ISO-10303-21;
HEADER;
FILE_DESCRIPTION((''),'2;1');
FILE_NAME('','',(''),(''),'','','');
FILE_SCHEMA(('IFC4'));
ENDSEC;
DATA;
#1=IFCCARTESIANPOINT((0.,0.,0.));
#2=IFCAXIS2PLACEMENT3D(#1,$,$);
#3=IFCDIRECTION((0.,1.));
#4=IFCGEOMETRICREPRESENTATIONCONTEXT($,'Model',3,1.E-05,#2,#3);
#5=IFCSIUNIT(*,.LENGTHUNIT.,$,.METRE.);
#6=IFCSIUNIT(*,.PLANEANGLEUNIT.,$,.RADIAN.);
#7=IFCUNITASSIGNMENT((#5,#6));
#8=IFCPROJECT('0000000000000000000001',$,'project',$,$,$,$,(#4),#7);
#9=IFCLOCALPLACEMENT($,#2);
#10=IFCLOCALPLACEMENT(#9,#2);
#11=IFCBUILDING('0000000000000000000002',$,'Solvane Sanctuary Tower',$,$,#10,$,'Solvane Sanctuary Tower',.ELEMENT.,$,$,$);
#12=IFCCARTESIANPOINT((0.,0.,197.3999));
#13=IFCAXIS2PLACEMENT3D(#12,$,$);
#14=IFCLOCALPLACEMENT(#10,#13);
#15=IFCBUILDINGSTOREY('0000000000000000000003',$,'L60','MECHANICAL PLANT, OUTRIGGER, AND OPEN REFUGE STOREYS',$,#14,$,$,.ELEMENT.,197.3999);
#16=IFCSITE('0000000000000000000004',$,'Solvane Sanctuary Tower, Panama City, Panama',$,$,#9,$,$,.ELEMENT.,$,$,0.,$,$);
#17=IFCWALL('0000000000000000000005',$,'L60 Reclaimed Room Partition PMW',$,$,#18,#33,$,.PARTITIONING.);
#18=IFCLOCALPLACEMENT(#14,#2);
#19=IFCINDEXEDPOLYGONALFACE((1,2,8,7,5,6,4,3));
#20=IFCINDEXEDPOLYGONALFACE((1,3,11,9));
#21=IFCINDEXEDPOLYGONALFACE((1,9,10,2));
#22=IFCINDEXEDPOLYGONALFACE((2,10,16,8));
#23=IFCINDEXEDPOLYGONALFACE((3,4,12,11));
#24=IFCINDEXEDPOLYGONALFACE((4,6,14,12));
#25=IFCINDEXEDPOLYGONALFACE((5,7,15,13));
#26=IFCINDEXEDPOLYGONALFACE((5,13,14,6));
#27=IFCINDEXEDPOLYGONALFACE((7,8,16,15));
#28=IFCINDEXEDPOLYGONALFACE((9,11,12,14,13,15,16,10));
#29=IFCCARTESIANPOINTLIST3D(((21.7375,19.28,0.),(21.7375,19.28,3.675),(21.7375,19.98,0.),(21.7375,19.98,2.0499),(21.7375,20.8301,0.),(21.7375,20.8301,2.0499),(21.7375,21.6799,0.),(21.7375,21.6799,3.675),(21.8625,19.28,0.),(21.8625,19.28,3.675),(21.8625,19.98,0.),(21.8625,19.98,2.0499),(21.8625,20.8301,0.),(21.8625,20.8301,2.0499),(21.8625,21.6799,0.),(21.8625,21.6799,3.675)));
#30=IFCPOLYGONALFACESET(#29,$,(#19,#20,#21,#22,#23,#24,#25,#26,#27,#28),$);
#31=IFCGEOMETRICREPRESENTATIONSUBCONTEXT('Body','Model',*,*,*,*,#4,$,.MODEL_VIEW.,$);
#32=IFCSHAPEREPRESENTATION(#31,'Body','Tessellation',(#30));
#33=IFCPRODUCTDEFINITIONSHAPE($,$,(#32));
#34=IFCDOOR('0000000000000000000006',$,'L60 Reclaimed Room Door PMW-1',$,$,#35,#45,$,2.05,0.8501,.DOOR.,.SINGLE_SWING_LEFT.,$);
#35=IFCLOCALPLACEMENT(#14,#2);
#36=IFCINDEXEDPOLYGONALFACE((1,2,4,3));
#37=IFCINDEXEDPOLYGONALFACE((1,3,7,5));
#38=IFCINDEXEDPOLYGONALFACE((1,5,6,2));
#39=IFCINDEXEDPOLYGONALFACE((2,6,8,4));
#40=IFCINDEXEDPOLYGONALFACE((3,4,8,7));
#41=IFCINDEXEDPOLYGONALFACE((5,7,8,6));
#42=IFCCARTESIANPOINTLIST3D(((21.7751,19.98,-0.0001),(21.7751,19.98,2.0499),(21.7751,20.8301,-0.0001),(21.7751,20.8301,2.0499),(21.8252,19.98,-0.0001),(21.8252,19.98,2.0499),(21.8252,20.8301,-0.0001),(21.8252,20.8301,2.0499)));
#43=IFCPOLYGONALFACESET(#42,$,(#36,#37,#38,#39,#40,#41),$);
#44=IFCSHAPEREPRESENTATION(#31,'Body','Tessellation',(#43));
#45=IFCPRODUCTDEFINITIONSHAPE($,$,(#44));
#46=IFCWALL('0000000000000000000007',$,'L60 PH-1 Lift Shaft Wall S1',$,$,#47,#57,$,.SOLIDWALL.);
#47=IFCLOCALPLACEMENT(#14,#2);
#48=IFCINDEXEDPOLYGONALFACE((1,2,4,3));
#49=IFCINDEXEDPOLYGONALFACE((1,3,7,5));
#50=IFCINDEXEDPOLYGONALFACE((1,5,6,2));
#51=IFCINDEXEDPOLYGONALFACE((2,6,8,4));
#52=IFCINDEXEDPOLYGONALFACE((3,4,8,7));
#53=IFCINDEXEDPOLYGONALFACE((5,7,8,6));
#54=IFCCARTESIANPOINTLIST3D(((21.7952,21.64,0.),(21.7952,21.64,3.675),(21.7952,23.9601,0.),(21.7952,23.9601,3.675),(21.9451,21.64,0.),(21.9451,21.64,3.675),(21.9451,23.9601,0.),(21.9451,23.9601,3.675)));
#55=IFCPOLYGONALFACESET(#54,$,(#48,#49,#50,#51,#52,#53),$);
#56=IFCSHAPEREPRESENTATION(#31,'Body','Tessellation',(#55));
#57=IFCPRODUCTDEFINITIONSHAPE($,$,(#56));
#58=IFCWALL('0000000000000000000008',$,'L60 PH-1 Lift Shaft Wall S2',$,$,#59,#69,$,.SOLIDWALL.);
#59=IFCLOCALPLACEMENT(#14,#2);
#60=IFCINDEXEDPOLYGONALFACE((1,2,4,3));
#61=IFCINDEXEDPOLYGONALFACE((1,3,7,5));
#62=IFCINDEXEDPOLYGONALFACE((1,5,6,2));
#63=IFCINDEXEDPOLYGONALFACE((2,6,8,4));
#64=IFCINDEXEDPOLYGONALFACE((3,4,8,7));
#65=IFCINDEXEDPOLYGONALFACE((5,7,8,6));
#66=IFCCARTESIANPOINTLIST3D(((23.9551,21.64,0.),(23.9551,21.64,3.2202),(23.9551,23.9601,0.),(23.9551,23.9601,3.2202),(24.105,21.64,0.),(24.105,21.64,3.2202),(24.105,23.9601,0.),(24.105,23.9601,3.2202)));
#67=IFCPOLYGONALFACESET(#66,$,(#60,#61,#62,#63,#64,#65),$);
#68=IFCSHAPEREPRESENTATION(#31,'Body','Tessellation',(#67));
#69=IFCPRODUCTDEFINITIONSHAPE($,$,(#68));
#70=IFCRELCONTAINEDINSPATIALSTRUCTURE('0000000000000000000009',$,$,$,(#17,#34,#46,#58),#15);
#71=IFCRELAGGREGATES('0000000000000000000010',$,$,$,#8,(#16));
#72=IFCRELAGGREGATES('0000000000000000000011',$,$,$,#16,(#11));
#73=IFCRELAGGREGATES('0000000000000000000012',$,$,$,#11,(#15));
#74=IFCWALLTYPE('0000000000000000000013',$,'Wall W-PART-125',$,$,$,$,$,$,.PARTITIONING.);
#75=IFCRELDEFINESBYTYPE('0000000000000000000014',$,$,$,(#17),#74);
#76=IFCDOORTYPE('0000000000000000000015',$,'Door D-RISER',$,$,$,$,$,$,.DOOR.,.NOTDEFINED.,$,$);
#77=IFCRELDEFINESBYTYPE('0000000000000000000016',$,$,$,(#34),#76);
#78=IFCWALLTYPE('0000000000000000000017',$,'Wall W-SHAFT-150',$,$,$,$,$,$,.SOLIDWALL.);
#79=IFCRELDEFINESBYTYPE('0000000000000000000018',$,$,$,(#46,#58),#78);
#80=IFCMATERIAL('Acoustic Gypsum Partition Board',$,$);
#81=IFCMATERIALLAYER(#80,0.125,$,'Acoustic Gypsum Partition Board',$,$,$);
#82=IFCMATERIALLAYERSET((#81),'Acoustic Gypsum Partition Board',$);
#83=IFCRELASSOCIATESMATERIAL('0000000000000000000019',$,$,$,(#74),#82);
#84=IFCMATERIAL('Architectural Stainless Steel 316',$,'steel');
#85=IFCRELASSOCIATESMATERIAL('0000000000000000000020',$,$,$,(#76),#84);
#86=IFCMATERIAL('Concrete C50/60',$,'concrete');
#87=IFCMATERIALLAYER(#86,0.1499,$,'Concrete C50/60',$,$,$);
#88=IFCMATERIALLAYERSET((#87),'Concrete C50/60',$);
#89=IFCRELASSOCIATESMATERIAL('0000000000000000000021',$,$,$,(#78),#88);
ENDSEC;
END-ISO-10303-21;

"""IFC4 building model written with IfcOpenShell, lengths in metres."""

from ifc_helpers import new_model, si_unit, direction, frame, frame_2d, origin, place, context, subcontext, project, spatial, rectangle, extrude, material, layer, layer_set, type_object, element, fill, save


model = new_model("IFC4")

# Units and contexts
model_context = context("Model", 3, precision=1e-05, world=origin(), true_north=direction((0.0, 1.0)))
body_context = subcontext(model_context, "Body", "Model", "MODEL_VIEW")
ifc_project = project(units=[si_unit("LENGTHUNIT", "METRE"), si_unit("PLANEANGLEUNIT", "RADIAN")], contexts=[model_context])

# Site, building, storey
site_placement = place(None, origin())
site = spatial("IfcSite", under=ifc_project, at=site_placement, Name="Solvane Sanctuary Tower, Panama City, Panama", CompositionType="ELEMENT", RefElevation=0.0)
building_placement = place(site_placement, origin())
building = spatial("IfcBuilding", under=site, at=building_placement, Name="Solvane Sanctuary Tower", LongName="Solvane Sanctuary Tower", CompositionType="ELEMENT")
storey_placement = place(building_placement, frame((0.0, 0.0, 197.3999)))
storey = spatial("IfcBuildingStorey", under=building, at=storey_placement, Name="L60", Description="MECHANICAL PLANT, OUTRIGGER, AND OPEN REFUGE STOREYS", CompositionType="ELEMENT", Elevation=197.3999)

# Shared definitions
ifc_material_1 = material(Name="Concrete C50/60", Category="concrete")

# Shared definitions
ifc_material_2 = material(Name="Acoustic Gypsum Partition Board")

# Shared definitions
ifc_material_3 = material(Name="Architectural Stainless Steel 316", Category="steel")

# Shared definitions
ifc_layer_1 = layer(ifc_material_2, 0.125, Name="Acoustic Gypsum Partition Board")
ifc_layer_set_1 = layer_set([ifc_layer_1], Name="Acoustic Gypsum Partition Board")
wall_type_1 = type_object("IfcWallType", Name="Wall W-PART-125", PredefinedType="PARTITIONING", material=ifc_layer_set_1)

# Wall, opening, door
wall_1_placement = place(storey_placement, frame((21.8, 19.28, 0.0), z_axis=(0.0, 0.0, 1.0), x_axis=(0.0, 1.0, 0.0)))
wall_1 = element("IfcWall", 1, at=wall_1_placement, inside=storey, type_object=wall_type_1, Name="L60 Reclaimed Room Partition PMW", PredefinedType="PARTITIONING", context=body_context, shape_type="SweptSolid", body=[
    extrude(rectangle(XDim=2.3999, YDim=0.125, at=frame_2d((1.2, 0.0))), origin(), (0.0, 0.0, 1.0), 3.675),
])
opening_1_placement = place(wall_1_placement, frame((0.7, 0.0, 0.0)))
opening_1 = element("IfcOpeningElement", 2, at=opening_1_placement, cuts=wall_1, PredefinedType="OPENING", context=body_context, shape_type="SweptSolid", body=[
    extrude(rectangle(XDim=0.8501, YDim=2.05, at=frame_2d((0.425, 1.0249))), frame((0.0, 0.0725, 0.0), z_axis=(0.0, -1.0, 0.0), x_axis=(1.0, 0.0, 0.0)), (0.0, 0.0, 1.0), 0.145),
])
door_type_1 = type_object("IfcDoorType", Name="Door D-RISER", OperationType="NOTDEFINED", PredefinedType="DOOR", material=ifc_material_3)
door_1_placement = place(opening_1_placement, origin())
door_1 = element("IfcDoor", 3, at=door_1_placement, inside=storey, type_object=door_type_1, Name="L60 Reclaimed Room Door PMW-1", OperationType="SINGLE_SWING_LEFT", OverallHeight=2.05, OverallWidth=0.8501, PredefinedType="DOOR", context=body_context, shape_type="SweptSolid", body=[
    extrude(rectangle(XDim=0.8501, YDim=2.05, at=frame_2d((0.425, 1.0249))), frame((0.0, 0.0249, 0.0), z_axis=(0.0, -1.0, 0.0), x_axis=(1.0, 0.0, 0.0)), (0.0, 0.0, 1.0), 0.05),
])
fill(opening_1, door_1)

# Walls
ifc_layer_2 = layer(ifc_material_1, 0.1499, Name="Concrete C50/60")
ifc_layer_set_2 = layer_set([ifc_layer_2], Name="Concrete C50/60")
wall_type_2 = type_object("IfcWallType", Name="Wall W-SHAFT-150", PredefinedType="SOLIDWALL", material=ifc_layer_set_2)
wall_2_placement = place(storey_placement, frame((21.8701, 21.6399, 0.0), z_axis=(0.0, 0.0, 1.0), x_axis=(0.0, 1.0, 0.0)))
element("IfcWall", 4, at=wall_2_placement, inside=storey, type_object=wall_type_2, Name="L60 PH-1 Lift Shaft Wall S1", PredefinedType="SOLIDWALL", context=body_context, shape_type="SweptSolid", body=[
    extrude(rectangle(XDim=2.3201, YDim=0.1499, at=frame_2d((1.1602, 0.0))), origin(), (0.0, 0.0, 1.0), 3.675),
])
wall_3_placement = place(storey_placement, frame((24.03, 21.6399, 0.0), z_axis=(0.0, 0.0, 1.0), x_axis=(0.0, 1.0, 0.0)))
element("IfcWall", 5, at=wall_3_placement, inside=storey, type_object=wall_type_2, Name="L60 PH-1 Lift Shaft Wall S2", PredefinedType="SOLIDWALL", context=body_context, shape_type="SweptSolid", body=[
    extrude(rectangle(XDim=2.3201, YDim=0.1499, at=frame_2d((1.1602, 0.0))), origin(), (0.0, 0.0, 1.0), 3.2202),
])

save(model, "model.ifc")
